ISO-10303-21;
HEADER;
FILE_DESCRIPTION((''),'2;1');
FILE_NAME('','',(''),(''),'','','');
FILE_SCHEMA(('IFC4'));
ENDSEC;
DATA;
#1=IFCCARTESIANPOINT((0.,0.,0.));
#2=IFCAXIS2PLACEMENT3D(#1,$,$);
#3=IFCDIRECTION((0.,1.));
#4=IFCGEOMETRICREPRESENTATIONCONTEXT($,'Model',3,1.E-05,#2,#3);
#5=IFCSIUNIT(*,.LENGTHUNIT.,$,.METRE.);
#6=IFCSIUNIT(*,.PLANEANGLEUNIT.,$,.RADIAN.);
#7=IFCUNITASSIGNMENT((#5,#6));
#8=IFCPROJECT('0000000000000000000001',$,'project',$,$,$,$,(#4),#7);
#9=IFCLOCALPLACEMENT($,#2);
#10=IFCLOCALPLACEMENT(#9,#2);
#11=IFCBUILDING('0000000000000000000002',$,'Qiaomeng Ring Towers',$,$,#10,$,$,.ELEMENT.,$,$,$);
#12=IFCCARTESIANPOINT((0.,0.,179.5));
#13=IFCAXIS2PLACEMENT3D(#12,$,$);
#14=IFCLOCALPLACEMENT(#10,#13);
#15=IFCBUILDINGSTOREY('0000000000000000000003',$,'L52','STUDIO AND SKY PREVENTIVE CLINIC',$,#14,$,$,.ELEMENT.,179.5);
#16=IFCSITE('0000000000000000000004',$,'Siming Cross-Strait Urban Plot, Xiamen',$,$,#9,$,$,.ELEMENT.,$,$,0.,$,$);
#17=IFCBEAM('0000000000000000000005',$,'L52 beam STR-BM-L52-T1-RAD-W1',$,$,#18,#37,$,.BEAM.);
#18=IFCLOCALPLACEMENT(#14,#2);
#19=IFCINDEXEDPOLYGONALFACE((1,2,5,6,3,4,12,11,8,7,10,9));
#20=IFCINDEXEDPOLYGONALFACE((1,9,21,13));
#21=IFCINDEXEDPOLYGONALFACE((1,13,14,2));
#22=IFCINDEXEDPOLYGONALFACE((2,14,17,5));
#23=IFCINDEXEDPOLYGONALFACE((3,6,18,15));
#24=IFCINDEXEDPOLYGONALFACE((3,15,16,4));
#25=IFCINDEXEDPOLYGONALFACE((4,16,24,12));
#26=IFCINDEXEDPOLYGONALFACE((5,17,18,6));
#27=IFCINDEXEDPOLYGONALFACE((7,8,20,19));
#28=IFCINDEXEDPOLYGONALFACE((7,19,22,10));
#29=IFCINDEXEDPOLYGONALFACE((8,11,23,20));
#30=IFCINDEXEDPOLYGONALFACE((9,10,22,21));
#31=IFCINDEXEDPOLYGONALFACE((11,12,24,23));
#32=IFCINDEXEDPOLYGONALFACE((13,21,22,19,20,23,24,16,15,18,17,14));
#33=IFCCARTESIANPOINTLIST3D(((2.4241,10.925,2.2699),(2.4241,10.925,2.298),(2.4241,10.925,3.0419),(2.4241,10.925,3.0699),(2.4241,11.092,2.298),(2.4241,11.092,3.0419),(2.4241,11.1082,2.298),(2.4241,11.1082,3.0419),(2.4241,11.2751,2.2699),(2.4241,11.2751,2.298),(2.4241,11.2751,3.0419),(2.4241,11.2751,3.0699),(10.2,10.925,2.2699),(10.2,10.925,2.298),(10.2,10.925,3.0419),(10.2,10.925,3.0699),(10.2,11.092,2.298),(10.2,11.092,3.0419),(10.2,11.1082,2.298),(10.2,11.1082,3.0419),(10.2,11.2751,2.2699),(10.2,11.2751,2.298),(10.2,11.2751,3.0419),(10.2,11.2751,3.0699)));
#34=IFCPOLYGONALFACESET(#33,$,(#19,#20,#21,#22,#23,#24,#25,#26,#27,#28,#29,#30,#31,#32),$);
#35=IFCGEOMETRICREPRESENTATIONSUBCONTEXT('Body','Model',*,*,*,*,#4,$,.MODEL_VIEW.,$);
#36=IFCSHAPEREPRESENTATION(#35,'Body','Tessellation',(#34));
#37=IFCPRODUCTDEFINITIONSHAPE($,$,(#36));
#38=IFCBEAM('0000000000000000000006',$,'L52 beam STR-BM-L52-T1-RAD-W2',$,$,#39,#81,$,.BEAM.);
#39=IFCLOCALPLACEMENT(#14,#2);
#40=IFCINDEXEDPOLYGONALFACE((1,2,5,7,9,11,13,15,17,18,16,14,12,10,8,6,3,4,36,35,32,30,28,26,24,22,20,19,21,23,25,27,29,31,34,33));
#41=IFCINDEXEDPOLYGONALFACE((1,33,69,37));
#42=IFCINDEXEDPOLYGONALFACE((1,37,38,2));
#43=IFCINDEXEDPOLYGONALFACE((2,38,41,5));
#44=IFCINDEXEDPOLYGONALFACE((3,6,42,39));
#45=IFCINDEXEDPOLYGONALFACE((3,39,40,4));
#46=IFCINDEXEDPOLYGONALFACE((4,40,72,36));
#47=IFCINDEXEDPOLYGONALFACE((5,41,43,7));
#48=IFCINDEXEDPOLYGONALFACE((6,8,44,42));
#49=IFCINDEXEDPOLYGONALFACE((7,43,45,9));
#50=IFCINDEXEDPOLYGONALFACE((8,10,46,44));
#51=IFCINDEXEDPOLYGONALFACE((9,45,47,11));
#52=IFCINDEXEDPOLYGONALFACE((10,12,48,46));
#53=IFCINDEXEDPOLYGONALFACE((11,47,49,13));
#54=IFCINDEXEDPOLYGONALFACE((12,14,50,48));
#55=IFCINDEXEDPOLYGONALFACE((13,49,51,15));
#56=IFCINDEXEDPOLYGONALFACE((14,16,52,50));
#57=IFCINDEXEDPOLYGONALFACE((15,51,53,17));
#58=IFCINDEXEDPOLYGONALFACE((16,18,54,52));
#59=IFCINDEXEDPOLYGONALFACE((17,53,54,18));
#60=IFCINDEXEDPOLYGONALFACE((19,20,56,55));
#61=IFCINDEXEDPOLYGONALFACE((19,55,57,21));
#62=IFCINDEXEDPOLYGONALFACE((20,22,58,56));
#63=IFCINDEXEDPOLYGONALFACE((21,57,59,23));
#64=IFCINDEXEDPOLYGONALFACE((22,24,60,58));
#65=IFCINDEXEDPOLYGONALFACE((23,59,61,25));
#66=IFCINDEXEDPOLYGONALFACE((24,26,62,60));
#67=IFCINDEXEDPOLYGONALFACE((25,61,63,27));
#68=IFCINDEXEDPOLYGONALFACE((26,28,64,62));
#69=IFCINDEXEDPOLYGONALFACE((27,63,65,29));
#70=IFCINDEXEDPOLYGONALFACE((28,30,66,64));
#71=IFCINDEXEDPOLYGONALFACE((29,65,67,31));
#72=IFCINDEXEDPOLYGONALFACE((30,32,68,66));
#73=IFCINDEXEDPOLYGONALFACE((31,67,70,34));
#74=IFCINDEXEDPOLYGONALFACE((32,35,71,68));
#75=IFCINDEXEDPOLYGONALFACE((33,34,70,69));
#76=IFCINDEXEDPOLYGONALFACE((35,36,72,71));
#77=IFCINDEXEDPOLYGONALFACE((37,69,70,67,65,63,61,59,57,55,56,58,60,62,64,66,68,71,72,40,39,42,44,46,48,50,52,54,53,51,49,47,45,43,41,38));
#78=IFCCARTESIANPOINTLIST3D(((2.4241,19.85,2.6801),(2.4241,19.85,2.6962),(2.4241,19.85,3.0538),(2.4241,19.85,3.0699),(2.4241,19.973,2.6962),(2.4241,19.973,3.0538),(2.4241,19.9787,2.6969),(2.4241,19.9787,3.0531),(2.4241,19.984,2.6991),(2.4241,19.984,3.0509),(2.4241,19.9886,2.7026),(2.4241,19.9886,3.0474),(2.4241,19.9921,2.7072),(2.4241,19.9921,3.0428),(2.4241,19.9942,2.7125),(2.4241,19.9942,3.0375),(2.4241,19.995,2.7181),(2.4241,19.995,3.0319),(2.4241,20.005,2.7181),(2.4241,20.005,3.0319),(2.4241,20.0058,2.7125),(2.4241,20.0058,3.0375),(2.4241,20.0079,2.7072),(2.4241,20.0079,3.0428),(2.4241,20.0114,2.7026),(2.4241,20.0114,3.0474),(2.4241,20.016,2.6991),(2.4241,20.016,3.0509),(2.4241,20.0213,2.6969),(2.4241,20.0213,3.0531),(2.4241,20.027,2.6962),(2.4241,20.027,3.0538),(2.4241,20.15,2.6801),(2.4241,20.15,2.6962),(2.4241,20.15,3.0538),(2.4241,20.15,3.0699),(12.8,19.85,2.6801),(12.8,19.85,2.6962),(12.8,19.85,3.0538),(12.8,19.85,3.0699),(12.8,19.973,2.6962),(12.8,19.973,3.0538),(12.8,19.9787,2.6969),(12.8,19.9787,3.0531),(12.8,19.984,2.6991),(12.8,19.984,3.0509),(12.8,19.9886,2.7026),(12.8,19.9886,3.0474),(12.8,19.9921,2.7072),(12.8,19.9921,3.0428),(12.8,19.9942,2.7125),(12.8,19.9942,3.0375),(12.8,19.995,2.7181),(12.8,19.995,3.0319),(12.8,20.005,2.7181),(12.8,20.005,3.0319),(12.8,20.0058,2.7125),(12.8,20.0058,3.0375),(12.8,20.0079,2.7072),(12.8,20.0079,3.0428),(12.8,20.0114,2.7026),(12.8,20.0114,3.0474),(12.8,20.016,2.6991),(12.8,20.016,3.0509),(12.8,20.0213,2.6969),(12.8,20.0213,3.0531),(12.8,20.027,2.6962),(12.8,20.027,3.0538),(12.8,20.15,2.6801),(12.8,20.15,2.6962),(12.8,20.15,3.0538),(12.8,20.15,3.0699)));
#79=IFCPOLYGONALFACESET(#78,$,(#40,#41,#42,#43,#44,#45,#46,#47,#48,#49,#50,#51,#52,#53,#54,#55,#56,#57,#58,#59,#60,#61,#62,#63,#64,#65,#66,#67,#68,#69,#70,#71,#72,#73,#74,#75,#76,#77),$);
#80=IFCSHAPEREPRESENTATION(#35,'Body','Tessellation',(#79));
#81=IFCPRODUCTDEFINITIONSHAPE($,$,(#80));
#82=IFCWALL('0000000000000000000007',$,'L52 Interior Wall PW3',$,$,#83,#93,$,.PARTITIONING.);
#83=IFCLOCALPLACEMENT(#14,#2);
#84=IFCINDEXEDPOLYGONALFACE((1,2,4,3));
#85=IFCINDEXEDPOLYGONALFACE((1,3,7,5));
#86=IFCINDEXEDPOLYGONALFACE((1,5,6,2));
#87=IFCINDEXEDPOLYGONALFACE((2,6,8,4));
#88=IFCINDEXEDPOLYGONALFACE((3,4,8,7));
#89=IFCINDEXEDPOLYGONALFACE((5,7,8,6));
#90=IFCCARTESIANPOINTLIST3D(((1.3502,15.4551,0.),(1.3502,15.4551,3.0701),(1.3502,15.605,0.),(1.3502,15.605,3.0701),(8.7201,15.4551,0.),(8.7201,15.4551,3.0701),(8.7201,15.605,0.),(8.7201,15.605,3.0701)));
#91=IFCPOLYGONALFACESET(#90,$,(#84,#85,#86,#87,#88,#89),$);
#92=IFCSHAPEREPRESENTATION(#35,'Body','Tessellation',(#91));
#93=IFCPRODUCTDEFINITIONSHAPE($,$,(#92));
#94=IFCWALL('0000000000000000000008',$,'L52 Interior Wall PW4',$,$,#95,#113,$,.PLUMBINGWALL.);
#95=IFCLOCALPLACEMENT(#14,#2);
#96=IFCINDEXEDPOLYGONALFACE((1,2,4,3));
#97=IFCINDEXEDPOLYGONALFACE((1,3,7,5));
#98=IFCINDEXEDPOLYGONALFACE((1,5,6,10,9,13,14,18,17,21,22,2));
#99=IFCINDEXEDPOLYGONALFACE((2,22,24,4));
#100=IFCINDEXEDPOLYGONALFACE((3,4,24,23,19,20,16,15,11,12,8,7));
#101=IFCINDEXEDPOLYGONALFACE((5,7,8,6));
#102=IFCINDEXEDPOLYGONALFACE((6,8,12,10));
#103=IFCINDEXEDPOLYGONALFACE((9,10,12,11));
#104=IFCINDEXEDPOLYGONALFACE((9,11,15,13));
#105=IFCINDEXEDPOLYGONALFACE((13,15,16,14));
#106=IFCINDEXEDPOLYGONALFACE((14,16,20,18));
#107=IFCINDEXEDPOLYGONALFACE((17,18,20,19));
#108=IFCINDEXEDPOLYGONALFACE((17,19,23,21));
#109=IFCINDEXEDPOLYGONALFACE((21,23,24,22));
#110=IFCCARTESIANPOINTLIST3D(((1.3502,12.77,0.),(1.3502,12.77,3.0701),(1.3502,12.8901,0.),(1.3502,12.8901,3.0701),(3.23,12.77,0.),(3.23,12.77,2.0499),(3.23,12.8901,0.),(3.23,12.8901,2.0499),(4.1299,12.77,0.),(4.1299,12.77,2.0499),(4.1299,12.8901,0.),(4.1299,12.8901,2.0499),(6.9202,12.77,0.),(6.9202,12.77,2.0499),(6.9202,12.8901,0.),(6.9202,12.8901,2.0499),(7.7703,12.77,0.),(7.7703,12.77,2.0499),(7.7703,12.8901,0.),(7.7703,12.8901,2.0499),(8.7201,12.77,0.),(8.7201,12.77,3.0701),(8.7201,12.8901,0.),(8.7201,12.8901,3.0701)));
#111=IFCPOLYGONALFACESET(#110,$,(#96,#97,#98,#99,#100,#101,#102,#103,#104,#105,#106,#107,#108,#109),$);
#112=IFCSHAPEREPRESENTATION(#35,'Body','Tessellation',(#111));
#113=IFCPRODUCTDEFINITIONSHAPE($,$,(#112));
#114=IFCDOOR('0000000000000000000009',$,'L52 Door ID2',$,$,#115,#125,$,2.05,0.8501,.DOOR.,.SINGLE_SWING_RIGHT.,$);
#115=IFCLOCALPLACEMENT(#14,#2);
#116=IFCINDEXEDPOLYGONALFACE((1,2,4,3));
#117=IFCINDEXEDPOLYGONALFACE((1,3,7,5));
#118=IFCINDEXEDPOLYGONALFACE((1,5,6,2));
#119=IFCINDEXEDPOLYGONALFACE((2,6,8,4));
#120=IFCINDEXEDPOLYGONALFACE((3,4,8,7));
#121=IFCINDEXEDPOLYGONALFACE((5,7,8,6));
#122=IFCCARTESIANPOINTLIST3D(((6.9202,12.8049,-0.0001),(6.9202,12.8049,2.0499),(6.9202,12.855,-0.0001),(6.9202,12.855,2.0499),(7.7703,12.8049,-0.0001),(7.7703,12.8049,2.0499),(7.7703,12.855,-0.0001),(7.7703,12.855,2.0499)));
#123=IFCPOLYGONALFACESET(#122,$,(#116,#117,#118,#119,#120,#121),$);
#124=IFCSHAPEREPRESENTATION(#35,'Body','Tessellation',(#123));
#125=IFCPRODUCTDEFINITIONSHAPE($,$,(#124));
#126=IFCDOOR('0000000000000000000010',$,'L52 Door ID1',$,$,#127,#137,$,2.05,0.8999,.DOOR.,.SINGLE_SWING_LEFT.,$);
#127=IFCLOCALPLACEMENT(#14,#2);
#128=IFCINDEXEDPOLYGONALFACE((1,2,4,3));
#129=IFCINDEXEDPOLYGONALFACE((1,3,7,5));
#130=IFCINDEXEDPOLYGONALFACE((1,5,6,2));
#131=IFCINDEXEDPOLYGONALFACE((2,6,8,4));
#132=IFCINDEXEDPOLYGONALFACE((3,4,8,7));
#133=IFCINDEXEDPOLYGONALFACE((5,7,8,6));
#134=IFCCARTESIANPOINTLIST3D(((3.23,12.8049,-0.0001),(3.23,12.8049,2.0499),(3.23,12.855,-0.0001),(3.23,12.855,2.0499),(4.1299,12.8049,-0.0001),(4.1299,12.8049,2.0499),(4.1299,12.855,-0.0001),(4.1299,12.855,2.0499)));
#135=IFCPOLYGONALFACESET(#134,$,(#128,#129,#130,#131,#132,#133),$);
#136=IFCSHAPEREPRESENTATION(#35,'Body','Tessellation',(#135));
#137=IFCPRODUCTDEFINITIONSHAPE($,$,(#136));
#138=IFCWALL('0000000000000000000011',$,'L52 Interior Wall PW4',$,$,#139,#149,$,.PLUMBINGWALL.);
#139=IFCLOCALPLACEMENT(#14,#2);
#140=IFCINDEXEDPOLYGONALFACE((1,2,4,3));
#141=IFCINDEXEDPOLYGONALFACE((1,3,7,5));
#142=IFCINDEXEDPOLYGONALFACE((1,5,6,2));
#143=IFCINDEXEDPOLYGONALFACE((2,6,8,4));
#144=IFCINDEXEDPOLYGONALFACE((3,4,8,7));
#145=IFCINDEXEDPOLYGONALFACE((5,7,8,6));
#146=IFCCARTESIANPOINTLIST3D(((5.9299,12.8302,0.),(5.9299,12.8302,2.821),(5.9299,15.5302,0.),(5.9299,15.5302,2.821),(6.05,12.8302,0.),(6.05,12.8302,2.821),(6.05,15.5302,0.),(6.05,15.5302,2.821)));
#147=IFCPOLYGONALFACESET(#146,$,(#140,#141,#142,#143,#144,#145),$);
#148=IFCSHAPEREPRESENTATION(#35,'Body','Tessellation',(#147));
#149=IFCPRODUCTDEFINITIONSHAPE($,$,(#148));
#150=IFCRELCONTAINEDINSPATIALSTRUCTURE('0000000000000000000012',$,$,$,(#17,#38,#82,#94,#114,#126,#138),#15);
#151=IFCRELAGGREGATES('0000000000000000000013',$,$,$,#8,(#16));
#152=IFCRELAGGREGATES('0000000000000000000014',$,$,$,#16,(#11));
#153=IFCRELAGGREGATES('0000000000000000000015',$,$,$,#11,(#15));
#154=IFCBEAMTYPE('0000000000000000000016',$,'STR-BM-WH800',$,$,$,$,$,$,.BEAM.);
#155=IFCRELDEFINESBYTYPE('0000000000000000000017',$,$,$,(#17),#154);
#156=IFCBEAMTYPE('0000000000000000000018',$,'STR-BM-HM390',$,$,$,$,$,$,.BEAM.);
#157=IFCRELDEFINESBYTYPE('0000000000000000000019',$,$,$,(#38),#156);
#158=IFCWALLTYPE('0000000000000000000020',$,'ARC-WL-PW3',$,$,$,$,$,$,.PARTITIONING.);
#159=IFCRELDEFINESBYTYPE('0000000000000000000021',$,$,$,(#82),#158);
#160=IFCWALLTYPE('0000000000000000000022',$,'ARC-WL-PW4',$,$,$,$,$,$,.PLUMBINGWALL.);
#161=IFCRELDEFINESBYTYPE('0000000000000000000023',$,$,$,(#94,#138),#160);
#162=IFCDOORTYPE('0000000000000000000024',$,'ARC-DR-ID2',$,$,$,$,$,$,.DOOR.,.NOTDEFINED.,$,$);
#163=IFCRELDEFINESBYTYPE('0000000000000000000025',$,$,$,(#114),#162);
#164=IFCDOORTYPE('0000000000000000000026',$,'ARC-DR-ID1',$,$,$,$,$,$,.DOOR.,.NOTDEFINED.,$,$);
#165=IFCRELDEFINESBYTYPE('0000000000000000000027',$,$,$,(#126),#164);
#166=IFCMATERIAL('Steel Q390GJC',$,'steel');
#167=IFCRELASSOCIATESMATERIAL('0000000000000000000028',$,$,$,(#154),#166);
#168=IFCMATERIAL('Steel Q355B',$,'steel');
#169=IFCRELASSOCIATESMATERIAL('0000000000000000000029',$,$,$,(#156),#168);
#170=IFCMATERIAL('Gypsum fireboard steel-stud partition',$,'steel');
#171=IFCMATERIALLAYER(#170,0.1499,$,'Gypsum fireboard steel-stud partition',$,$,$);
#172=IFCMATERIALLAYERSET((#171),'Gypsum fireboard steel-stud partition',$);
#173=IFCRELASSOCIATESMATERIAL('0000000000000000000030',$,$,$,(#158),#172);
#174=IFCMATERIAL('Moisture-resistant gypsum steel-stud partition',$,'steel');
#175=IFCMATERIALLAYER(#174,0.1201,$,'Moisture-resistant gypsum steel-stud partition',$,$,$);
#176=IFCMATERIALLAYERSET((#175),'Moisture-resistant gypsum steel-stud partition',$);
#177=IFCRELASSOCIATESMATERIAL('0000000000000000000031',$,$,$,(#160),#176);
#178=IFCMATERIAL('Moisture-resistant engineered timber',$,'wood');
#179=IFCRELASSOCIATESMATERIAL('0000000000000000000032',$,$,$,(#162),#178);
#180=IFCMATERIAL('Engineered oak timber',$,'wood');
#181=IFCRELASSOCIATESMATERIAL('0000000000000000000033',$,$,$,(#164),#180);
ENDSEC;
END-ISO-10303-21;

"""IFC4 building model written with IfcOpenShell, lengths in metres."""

from ifc_helpers import new_model, si_unit, direction, frame, frame_2d, origin, origin_2d, place, context, subcontext, project, spatial, rectangle, i_section, extrude, source, transform, mapped, material, layer, layer_set, material_profile, profile_set, type_object, element, fill, save


model = new_model("IFC4")

# Units and contexts
model_context = context("Model", 3, precision=1e-05, world=origin(), true_north=direction((0.0, 1.0)))
body_context = subcontext(model_context, "Body", "Model", "MODEL_VIEW")
ifc_project = project(units=[si_unit("LENGTHUNIT", "METRE"), si_unit("PLANEANGLEUNIT", "RADIAN")], contexts=[model_context])

# Site, building, storey
site_placement = place(None, origin())
site = spatial("IfcSite", under=ifc_project, at=site_placement, Name="Siming Cross-Strait Urban Plot, Xiamen", CompositionType="ELEMENT", RefElevation=0.0)
building_placement = place(site_placement, origin())
building = spatial("IfcBuilding", under=site, at=building_placement, Name="Qiaomeng Ring Towers", CompositionType="ELEMENT")
storey_placement = place(building_placement, frame((0.0, 0.0, 179.5)))
storey = spatial("IfcBuildingStorey", under=building, at=storey_placement, Name="L52", Description="STUDIO AND SKY PREVENTIVE CLINIC", CompositionType="ELEMENT", Elevation=179.5)

# Beams
ifc_material_1 = material(Name="Steel Q355B", Category="steel")
ifc_material_2 = material(Name="Steel Q390GJC", Category="steel")
ifc_material_profile_1 = material_profile(ifc_material_2, i_section(OverallWidth=0.3501, OverallDepth=0.8, WebThickness=0.0161, FlangeThickness=0.0281, at=origin_2d()), Name="WH 800x350x16x28")
ifc_profile_set_1 = profile_set([ifc_material_profile_1], Name="Steel Q390GJC")
beam_type_1 = type_object("IfcBeamType", Name="STR-BM-WH800", PredefinedType="BEAM", material=ifc_profile_set_1)
shared_shape_1 = source(origin(), body_context, "Body", "SweptSolid", [
    extrude(i_section(OverallWidth=0.3501, OverallDepth=0.8, WebThickness=0.0161, FlangeThickness=0.0281, at=origin_2d()), origin(), (0.0, 0.0, 1.0), 7.7759),
])
beam_1_placement = place(storey_placement, frame((2.4241, 11.1001, 2.6699), z_axis=(1.0, 0.0, 0.0), x_axis=(0.0, 1.0, 0.0)))
element("IfcBeam", 1, at=beam_1_placement, inside=storey, type_object=beam_type_1, Name="L52 beam STR-BM-L52-T1-RAD-W1", PredefinedType="BEAM", context=body_context, shape_type="MappedRepresentation", body=[
    mapped(shared_shape_1, transform((0.0, 0.0, 0.0), x_axis=(1.0, 0.0, 0.0), y_axis=(0.0, 1.0, 0.0), z_axis=(0.0, 0.0, 1.0), scale=1.0)),
])
ifc_material_profile_2 = material_profile(ifc_material_1, i_section(OverallWidth=0.3, OverallDepth=0.3899, WebThickness=0.01, FlangeThickness=0.0161, FilletRadius=0.022, at=origin_2d()), Name="HM 390x300x10x16")
ifc_profile_set_2 = profile_set([ifc_material_profile_2], Name="Steel Q355B")
beam_type_2 = type_object("IfcBeamType", Name="STR-BM-HM390", PredefinedType="BEAM", material=ifc_profile_set_2)
shared_shape_2 = source(origin(), body_context, "Body", "SweptSolid", [
    extrude(i_section(OverallWidth=0.3, OverallDepth=0.3899, WebThickness=0.01, FlangeThickness=0.0161, FilletRadius=0.022, at=origin_2d()), origin(), (0.0, 0.0, 1.0), 10.376),
])
beam_2_placement = place(storey_placement, frame((2.4241, 20.0, 2.875), z_axis=(1.0, 0.0, 0.0), x_axis=(0.0, 1.0, 0.0)))
element("IfcBeam", 2, at=beam_2_placement, inside=storey, type_object=beam_type_2, Name="L52 beam STR-BM-L52-T1-RAD-W2", PredefinedType="BEAM", context=body_context, shape_type="MappedRepresentation", body=[
    mapped(shared_shape_2, transform((0.0, 0.0, 0.0), x_axis=(1.0, 0.0, 0.0), y_axis=(0.0, 1.0, 0.0), z_axis=(0.0, 0.0, 1.0), scale=1.0)),
])

# Wall
ifc_material_3 = material(Name="Gypsum fireboard steel-stud partition", Category="steel")
ifc_layer_1 = layer(ifc_material_3, 0.1499, Name="Gypsum fireboard steel-stud partition")
ifc_layer_set_1 = layer_set([ifc_layer_1], Name="Gypsum fireboard steel-stud partition")
wall_type_1 = type_object("IfcWallType", Name="ARC-WL-PW3", PredefinedType="PARTITIONING", material=ifc_layer_set_1)
wall_1_placement = place(storey_placement, frame((1.3501, 15.53, 0.0), z_axis=(0.0, 0.0, 1.0), x_axis=(1.0, 0.0, 0.0)))
element("IfcWall", 3, at=wall_1_placement, inside=storey, type_object=wall_type_1, Name="L52 Interior Wall PW3", PredefinedType="PARTITIONING", context=body_context, shape_type="SweptSolid", body=[
    extrude(rectangle(XDim=7.3699, YDim=0.1499, at=frame_2d((3.6851, 0.0))), origin(), (0.0, 0.0, 1.0), 3.0701),
])

# Wall, openings, doors
ifc_material_4 = material(Name="Moisture-resistant gypsum steel-stud partition", Category="steel")
ifc_layer_2 = layer(ifc_material_4, 0.1201, Name="Moisture-resistant gypsum steel-stud partition")
ifc_layer_set_2 = layer_set([ifc_layer_2], Name="Moisture-resistant gypsum steel-stud partition")
wall_type_2 = type_object("IfcWallType", Name="ARC-WL-PW4", PredefinedType="PLUMBINGWALL", material=ifc_layer_set_2)
wall_2_placement = place(storey_placement, frame((1.3501, 12.8301, 0.0), z_axis=(0.0, 0.0, 1.0), x_axis=(1.0, 0.0, 0.0)))
wall_2 = element("IfcWall", 4, at=wall_2_placement, inside=storey, type_object=wall_type_2, Name="L52 Interior Wall PW4", PredefinedType="PLUMBINGWALL", context=body_context, shape_type="SweptSolid", body=[
    extrude(rectangle(XDim=7.3699, YDim=0.1201, at=frame_2d((3.6851, 0.0))), origin(), (0.0, 0.0, 1.0), 3.0701),
])
opening_1_placement = place(wall_2_placement, frame((1.8799, 0.0, 0.0)))
opening_1 = element("IfcOpeningElement", 5, at=opening_1_placement, cuts=wall_2, PredefinedType="OPENING", context=body_context, shape_type="SweptSolid", body=[
    extrude(rectangle(XDim=0.8999, YDim=2.05, at=frame_2d((0.45, 1.0249))), frame((0.0, 0.0701, 0.0), z_axis=(0.0, -1.0, 0.0), x_axis=(1.0, 0.0, 0.0)), (0.0, 0.0, 1.0), 0.1401),
])
opening_2_placement = place(wall_2_placement, frame((5.5701, 0.0, 0.0)))
opening_2 = element("IfcOpeningElement", 6, at=opening_2_placement, cuts=wall_2, PredefinedType="OPENING", context=body_context, shape_type="SweptSolid", body=[
    extrude(rectangle(XDim=0.8501, YDim=2.05, at=frame_2d((0.425, 1.0249))), frame((0.0, 0.0701, 0.0), z_axis=(0.0, -1.0, 0.0), x_axis=(1.0, 0.0, 0.0)), (0.0, 0.0, 1.0), 0.1401),
])
ifc_material_5 = material(Name="Moisture-resistant engineered timber", Category="wood")
door_type_1 = type_object("IfcDoorType", Name="ARC-DR-ID2", OperationType="NOTDEFINED", PredefinedType="DOOR", material=ifc_material_5)
shared_shape_3 = source(origin(), body_context, "Body", "SweptSolid", [
    extrude(rectangle(XDim=0.8501, YDim=2.05, at=frame_2d((0.425, 1.0249))), frame((0.0, 0.0249, 0.0), z_axis=(0.0, -1.0, 0.0), x_axis=(1.0, 0.0, 0.0)), (0.0, 0.0, 1.0), 0.05),
])
door_1_placement = place(opening_2_placement, origin())
door_1 = element("IfcDoor", 7, at=door_1_placement, inside=storey, type_object=door_type_1, Name="L52 Door ID2", OperationType="SINGLE_SWING_RIGHT", OverallHeight=2.05, OverallWidth=0.8501, PredefinedType="DOOR", context=body_context, shape_type="MappedRepresentation", body=[
    mapped(shared_shape_3, transform((0.0, 0.0, 0.0), x_axis=(1.0, 0.0, 0.0), y_axis=(0.0, 1.0, 0.0), z_axis=(0.0, 0.0, 1.0), scale=1.0)),
])
fill(opening_2, door_1)
ifc_material_6 = material(Name="Engineered oak timber", Category="wood")
door_type_2 = type_object("IfcDoorType", Name="ARC-DR-ID1", OperationType="NOTDEFINED", PredefinedType="DOOR", material=ifc_material_6)
shared_shape_4 = source(origin(), body_context, "Body", "SweptSolid", [
    extrude(rectangle(XDim=0.8999, YDim=2.05, at=frame_2d((0.45, 1.0249))), frame((0.0, 0.0249, 0.0), z_axis=(0.0, -1.0, 0.0), x_axis=(1.0, 0.0, 0.0)), (0.0, 0.0, 1.0), 0.05),
])
door_2_placement = place(opening_1_placement, origin())
door_2 = element("IfcDoor", 8, at=door_2_placement, inside=storey, type_object=door_type_2, Name="L52 Door ID1", OperationType="SINGLE_SWING_LEFT", OverallHeight=2.05, OverallWidth=0.8999, PredefinedType="DOOR", context=body_context, shape_type="MappedRepresentation", body=[
    mapped(shared_shape_4, transform((0.0, 0.0, 0.0), x_axis=(1.0, 0.0, 0.0), y_axis=(0.0, 1.0, 0.0), z_axis=(0.0, 0.0, 1.0), scale=1.0)),
])
fill(opening_1, door_2)

# Wall
wall_3_placement = place(storey_placement, frame((5.99, 12.8301, 0.0), z_axis=(0.0, 0.0, 1.0), x_axis=(0.0, 1.0, 0.0)))
element("IfcWall", 9, at=wall_3_placement, inside=storey, type_object=wall_type_2, Name="L52 Interior Wall PW4", PredefinedType="PLUMBINGWALL", context=body_context, shape_type="SweptSolid", body=[
    extrude(rectangle(XDim=2.7, YDim=0.1201, at=frame_2d((1.3501, 0.0))), origin(), (0.0, 0.0, 1.0), 2.821),
])

save(model, "model.ifc")
